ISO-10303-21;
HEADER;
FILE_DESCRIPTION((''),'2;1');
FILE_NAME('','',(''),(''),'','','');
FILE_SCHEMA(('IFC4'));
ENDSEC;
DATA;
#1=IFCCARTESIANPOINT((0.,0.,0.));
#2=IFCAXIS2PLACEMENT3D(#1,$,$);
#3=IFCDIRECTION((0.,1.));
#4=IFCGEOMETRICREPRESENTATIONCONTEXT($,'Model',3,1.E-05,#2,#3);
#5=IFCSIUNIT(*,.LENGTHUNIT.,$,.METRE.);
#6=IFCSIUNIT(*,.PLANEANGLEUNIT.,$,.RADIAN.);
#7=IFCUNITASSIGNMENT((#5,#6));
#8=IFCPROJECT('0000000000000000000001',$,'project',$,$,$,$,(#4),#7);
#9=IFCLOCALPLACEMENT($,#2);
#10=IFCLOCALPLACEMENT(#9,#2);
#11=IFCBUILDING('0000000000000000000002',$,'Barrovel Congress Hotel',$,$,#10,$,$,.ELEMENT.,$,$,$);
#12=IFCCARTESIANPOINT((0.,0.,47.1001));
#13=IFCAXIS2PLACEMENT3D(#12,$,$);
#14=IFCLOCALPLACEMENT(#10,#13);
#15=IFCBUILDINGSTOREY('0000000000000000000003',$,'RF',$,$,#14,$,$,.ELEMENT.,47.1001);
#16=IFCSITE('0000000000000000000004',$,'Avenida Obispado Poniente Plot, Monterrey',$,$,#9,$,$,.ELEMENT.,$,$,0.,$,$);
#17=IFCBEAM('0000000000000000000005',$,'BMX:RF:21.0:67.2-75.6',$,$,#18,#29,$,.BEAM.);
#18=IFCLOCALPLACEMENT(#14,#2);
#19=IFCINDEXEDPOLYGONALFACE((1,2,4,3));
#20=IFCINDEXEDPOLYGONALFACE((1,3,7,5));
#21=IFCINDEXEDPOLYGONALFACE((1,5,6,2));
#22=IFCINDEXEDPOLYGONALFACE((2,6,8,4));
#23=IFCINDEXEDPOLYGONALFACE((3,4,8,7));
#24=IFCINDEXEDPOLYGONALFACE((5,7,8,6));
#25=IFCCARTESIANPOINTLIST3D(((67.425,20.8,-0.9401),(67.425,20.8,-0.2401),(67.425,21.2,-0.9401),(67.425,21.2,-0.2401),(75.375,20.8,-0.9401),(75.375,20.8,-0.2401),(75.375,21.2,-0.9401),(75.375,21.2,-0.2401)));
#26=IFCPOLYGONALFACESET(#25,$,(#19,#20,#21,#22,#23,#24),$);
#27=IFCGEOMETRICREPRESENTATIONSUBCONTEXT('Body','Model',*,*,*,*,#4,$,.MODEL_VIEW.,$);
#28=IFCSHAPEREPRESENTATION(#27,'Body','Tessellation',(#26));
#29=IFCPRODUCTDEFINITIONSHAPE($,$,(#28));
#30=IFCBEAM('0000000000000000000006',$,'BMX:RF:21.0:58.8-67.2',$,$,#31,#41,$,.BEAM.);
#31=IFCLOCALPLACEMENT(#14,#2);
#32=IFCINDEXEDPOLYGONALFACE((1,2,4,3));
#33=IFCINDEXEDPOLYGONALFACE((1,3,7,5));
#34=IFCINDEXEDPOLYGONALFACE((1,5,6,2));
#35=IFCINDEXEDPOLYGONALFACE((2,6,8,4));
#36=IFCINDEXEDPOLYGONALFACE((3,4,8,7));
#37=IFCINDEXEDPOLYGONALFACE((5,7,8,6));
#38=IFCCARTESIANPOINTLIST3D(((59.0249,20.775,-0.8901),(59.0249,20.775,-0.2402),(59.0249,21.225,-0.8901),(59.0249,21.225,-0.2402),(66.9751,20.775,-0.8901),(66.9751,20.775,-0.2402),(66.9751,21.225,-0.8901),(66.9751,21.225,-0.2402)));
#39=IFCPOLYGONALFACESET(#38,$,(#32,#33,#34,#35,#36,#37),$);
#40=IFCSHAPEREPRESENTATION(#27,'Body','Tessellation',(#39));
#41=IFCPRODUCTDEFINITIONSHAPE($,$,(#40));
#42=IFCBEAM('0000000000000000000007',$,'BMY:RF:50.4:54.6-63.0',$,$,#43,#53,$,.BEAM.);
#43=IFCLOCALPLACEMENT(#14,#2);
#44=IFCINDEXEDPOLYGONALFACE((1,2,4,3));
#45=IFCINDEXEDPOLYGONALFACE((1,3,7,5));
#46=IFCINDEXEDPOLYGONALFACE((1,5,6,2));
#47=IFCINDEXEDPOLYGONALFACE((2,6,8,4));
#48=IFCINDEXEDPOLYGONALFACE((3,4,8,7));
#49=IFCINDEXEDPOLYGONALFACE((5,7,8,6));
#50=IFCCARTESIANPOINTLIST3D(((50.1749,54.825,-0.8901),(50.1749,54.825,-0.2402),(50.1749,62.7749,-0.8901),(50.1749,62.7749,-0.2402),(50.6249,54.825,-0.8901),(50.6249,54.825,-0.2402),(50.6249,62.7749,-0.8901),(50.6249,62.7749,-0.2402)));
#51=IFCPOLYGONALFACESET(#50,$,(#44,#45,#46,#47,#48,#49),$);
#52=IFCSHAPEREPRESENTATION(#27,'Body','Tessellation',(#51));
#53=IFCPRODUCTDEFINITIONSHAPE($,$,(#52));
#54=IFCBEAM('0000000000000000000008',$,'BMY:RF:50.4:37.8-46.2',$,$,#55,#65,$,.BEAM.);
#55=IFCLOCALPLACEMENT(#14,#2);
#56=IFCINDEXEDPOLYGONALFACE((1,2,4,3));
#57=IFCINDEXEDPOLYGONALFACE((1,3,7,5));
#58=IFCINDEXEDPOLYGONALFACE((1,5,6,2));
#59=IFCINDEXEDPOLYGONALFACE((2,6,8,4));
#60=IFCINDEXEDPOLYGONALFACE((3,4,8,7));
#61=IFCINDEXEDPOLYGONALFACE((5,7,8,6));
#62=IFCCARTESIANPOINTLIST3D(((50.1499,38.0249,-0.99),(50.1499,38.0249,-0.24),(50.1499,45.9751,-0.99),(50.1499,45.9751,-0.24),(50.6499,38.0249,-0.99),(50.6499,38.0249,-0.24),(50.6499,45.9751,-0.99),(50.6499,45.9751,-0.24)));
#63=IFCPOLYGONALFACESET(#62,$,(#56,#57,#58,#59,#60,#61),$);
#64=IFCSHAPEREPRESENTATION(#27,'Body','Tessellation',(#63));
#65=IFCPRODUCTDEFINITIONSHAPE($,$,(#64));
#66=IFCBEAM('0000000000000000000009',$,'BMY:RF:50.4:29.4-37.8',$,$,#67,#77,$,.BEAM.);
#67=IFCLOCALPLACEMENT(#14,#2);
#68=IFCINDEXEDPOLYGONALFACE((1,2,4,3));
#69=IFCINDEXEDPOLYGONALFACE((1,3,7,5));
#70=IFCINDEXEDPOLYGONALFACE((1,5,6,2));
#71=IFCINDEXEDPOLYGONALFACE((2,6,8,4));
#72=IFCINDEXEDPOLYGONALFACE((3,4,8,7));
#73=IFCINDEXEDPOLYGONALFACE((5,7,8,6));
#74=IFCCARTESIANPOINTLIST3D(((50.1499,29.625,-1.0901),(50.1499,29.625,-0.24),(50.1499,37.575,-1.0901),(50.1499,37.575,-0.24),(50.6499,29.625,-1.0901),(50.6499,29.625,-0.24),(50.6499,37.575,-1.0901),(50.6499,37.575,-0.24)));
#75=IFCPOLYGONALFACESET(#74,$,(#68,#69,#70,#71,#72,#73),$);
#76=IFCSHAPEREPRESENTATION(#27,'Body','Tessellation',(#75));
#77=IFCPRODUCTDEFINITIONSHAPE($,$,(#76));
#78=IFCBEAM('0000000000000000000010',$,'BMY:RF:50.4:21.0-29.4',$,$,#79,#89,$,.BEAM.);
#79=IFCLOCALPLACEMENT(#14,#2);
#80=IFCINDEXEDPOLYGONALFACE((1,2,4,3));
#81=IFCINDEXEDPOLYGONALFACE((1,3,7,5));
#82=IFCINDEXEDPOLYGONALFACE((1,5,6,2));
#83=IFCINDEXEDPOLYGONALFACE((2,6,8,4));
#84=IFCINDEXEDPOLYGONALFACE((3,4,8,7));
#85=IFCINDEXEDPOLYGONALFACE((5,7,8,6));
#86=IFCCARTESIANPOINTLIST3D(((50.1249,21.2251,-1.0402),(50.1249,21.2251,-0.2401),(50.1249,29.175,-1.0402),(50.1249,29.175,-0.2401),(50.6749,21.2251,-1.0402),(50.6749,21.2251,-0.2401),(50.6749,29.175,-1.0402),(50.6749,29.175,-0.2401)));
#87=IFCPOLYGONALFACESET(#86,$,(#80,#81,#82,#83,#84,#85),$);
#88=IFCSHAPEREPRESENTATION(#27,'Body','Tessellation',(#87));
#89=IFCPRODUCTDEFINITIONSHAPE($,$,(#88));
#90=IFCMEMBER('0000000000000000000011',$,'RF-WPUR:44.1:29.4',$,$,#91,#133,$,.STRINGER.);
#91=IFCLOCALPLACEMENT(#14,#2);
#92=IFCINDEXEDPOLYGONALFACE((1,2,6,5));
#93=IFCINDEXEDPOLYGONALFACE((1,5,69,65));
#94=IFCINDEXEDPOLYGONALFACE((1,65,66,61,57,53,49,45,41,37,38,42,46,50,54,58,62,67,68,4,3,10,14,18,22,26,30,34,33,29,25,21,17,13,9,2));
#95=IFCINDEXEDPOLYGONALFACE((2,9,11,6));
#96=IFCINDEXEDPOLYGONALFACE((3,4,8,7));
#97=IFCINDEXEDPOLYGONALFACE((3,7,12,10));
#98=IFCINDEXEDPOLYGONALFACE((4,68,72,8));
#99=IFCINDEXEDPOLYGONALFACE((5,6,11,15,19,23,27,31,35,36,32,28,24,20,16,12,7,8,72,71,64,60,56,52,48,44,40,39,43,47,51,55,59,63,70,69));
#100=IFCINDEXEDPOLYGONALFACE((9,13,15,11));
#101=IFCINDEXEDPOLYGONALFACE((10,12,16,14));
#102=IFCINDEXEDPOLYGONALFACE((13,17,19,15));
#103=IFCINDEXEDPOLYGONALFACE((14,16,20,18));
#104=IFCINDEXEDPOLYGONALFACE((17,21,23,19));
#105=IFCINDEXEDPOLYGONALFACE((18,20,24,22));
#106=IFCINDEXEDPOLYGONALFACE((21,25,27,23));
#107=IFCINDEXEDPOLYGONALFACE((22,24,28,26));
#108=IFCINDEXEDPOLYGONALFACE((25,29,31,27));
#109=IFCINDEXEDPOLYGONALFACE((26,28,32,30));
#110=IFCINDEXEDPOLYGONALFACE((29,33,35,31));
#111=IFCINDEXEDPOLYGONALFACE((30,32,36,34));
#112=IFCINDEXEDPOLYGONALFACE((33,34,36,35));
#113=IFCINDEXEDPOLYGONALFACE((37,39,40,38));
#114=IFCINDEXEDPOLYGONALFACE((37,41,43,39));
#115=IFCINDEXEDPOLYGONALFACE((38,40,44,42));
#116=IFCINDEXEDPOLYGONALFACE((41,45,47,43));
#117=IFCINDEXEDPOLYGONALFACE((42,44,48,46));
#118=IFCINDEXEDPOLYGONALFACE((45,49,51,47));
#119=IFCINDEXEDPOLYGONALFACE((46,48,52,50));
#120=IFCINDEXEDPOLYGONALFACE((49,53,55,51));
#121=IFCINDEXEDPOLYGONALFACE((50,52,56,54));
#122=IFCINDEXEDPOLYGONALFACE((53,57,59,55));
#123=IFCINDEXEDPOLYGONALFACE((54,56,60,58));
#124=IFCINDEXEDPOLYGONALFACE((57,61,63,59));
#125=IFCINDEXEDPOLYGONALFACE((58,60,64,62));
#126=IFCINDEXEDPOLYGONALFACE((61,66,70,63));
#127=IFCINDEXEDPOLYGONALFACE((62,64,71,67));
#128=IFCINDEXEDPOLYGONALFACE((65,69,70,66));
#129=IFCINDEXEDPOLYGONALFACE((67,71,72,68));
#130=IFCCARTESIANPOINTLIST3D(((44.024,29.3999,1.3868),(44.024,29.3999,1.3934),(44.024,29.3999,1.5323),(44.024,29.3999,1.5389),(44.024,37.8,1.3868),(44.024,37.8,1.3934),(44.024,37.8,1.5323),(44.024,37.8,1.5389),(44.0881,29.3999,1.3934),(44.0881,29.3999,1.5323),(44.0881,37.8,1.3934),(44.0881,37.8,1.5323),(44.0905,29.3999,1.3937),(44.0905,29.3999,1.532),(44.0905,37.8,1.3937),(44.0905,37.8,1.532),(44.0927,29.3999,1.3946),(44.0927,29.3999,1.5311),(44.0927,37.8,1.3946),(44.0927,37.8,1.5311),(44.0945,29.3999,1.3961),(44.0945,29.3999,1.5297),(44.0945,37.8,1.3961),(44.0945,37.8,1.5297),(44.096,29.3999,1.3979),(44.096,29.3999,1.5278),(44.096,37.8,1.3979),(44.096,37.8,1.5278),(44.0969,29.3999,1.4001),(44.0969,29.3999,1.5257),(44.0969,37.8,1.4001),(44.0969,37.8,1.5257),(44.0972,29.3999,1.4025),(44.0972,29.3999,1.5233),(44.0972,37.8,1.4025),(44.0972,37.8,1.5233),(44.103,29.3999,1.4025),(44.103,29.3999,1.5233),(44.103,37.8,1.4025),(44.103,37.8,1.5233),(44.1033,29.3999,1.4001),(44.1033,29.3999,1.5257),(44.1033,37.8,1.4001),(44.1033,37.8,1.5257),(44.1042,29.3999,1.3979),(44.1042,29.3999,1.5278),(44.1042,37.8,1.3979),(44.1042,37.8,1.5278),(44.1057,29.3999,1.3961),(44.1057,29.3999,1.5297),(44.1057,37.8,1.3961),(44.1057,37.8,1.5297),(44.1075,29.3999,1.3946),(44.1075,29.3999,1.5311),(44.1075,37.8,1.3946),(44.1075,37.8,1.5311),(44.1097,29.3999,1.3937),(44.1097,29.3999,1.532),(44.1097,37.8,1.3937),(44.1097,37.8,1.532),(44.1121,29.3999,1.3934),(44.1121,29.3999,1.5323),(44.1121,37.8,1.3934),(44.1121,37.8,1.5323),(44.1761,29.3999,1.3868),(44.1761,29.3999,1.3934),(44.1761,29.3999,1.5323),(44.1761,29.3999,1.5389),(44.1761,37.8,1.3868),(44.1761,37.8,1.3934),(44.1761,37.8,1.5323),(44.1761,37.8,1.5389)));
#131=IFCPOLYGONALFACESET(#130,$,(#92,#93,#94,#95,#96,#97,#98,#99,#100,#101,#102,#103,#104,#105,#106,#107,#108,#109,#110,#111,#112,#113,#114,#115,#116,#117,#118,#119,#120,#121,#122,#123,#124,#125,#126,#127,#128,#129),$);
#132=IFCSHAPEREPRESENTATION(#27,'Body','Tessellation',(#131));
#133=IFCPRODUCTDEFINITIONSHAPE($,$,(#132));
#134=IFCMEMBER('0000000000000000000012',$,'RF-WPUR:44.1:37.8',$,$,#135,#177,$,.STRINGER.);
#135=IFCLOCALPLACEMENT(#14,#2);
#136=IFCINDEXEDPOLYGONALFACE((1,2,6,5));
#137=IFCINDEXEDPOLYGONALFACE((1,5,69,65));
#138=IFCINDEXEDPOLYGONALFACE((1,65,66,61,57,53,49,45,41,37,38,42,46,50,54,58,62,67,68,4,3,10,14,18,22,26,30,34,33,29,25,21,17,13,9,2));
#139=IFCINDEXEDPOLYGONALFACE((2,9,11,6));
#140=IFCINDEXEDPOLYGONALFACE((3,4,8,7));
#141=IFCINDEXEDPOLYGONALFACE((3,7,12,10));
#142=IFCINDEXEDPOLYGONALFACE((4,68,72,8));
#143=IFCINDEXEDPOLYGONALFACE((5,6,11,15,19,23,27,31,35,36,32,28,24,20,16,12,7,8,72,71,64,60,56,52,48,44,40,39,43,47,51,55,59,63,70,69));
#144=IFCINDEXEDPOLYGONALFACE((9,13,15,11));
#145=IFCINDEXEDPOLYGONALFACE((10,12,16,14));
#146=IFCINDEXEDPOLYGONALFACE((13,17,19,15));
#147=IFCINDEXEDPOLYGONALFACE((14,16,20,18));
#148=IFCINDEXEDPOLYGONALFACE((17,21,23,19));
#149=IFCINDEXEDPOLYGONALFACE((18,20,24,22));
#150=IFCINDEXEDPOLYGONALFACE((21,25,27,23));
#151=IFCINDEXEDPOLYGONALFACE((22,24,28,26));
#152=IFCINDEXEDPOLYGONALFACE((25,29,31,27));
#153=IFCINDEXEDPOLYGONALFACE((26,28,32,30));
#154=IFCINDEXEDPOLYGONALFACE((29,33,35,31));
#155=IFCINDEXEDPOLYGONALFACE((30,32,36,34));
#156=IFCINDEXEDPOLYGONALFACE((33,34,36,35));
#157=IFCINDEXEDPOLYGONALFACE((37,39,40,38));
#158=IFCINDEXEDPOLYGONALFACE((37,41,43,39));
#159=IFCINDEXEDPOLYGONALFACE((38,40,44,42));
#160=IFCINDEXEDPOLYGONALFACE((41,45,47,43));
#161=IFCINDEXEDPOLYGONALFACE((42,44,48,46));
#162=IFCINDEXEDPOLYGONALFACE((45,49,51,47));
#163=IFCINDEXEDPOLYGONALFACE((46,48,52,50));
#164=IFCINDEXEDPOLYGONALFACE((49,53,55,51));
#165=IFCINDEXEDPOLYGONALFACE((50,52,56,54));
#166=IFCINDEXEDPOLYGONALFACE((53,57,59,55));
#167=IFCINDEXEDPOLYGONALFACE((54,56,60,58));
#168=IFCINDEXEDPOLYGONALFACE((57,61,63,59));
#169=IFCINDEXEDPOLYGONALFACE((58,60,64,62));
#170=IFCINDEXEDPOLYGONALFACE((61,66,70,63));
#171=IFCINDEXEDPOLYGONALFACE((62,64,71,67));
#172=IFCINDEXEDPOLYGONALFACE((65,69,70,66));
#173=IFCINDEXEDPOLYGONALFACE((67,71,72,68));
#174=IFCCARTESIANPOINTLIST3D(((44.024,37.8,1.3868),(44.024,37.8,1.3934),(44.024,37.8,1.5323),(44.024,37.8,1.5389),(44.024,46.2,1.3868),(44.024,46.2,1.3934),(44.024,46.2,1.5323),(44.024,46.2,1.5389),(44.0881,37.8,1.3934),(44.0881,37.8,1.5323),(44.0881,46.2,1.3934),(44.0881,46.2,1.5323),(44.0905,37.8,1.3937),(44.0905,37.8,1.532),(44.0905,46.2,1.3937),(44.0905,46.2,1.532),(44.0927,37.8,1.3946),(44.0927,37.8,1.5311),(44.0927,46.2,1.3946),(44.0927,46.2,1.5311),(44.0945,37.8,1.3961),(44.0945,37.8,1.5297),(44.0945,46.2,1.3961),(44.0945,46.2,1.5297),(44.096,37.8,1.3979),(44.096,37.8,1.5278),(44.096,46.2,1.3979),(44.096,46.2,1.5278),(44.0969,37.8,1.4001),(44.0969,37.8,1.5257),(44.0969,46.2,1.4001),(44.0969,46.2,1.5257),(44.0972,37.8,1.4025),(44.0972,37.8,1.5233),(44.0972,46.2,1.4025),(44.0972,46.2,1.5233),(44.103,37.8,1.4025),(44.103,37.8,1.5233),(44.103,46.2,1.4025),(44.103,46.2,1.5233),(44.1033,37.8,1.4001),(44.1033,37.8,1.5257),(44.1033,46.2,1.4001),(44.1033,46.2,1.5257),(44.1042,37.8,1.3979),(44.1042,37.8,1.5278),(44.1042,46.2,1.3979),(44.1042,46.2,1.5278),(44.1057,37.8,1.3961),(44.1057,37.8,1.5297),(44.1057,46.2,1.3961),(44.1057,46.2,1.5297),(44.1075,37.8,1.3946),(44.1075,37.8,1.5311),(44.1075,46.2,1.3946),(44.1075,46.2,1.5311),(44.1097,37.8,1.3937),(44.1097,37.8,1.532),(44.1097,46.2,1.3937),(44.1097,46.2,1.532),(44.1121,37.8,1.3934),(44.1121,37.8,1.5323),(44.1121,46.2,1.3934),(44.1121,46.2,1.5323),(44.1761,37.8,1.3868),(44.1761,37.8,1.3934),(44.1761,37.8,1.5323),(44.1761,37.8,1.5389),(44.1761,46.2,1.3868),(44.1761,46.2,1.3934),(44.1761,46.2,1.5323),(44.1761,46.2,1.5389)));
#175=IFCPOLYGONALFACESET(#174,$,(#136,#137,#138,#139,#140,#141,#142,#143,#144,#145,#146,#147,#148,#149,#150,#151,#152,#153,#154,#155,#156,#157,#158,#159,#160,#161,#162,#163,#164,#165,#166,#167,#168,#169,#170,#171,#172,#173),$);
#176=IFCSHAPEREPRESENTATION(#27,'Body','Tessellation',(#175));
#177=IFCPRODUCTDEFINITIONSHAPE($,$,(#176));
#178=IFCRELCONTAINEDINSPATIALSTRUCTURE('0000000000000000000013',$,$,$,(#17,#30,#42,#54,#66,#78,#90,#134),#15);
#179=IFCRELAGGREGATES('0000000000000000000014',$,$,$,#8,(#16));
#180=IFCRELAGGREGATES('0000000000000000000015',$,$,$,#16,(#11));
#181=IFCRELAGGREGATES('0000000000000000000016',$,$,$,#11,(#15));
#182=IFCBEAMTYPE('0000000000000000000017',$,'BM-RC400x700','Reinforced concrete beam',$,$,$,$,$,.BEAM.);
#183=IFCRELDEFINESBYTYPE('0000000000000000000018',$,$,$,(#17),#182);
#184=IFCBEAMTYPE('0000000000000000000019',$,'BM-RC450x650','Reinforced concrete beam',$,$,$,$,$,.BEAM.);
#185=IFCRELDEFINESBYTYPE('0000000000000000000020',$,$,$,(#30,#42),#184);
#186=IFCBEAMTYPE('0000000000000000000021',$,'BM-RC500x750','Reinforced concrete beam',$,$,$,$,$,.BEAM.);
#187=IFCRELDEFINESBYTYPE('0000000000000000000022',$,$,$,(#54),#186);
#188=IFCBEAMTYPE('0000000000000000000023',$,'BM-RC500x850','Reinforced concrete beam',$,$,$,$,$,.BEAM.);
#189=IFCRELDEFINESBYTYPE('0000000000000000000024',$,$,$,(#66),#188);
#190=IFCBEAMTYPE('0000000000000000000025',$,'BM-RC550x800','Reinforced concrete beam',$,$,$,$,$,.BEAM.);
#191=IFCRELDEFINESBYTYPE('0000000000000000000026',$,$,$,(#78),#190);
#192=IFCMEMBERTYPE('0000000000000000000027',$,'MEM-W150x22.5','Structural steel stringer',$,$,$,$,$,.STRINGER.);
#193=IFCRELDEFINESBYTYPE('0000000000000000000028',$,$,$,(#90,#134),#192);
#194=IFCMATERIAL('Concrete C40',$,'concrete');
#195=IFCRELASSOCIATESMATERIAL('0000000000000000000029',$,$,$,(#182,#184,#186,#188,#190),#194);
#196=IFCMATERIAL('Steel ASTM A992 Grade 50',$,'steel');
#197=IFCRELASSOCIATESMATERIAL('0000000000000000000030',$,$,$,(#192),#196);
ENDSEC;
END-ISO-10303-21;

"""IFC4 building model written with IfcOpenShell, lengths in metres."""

from ifc_helpers import new_model, si_unit, direction, frame, origin, origin_2d, place, context, subcontext, project, spatial, rectangle, i_section, extrude, material, material_profile, profile_set, type_object, element, save


model = new_model("IFC4")

# Units and contexts
model_context = context("Model", 3, precision=1e-05, world=origin(), true_north=direction((0.0, 1.0)))
body_context = subcontext(model_context, "Body", "Model", "MODEL_VIEW")
ifc_project = project(units=[si_unit("LENGTHUNIT", "METRE"), si_unit("PLANEANGLEUNIT", "RADIAN")], contexts=[model_context])

# Site, building, storey
site_placement = place(None, origin())
site = spatial("IfcSite", under=ifc_project, at=site_placement, Name="Avenida Obispado Poniente Plot, Monterrey", CompositionType="ELEMENT", RefElevation=0.0)
building_placement = place(site_placement, origin())
building = spatial("IfcBuilding", under=site, at=building_placement, Name="Barrovel Congress Hotel", CompositionType="ELEMENT")
storey_placement = place(building_placement, frame((0.0, 0.0, 47.1001)))
storey = spatial("IfcBuildingStorey", under=building, at=storey_placement, Name="RF", CompositionType="ELEMENT", Elevation=47.1001)

# Beams
ifc_material_1 = material(Name="Concrete C40", Category="concrete")
ifc_material_profile_1 = material_profile(ifc_material_1, rectangle(XDim=0.3999, YDim=0.7, at=origin_2d()), Name="RC400x700")
ifc_profile_set_1 = profile_set([ifc_material_profile_1], Name="Concrete C40")
beam_type_1 = type_object("IfcBeamType", Name="BM-RC400x700", Description="Reinforced concrete beam", PredefinedType="BEAM", material=ifc_profile_set_1)
beam_1_placement = place(storey_placement, frame((67.425, 21.0, -0.5901), z_axis=(1.0, 0.0, 0.0), x_axis=(0.0, 1.0, 0.0)))
element("IfcBeam", 1, at=beam_1_placement, inside=storey, type_object=beam_type_1, Name="BMX:RF:21.0:67.2-75.6", PredefinedType="BEAM", context=body_context, shape_type="SweptSolid", body=[
    extrude(rectangle(XDim=0.3999, YDim=0.7, at=origin_2d()), origin(), (0.0, 0.0, 1.0), 7.95),
])
ifc_material_profile_2 = material_profile(ifc_material_1, rectangle(XDim=0.45, YDim=0.6499, at=origin_2d()), Name="RC450x650")
ifc_profile_set_2 = profile_set([ifc_material_profile_2], Name="Concrete C40")
beam_type_2 = type_object("IfcBeamType", Name="BM-RC450x650", Description="Reinforced concrete beam", PredefinedType="BEAM", material=ifc_profile_set_2)
beam_2_placement = place(storey_placement, frame((59.0249, 21.0, -0.5652), z_axis=(1.0, 0.0, 0.0), x_axis=(0.0, 1.0, 0.0)))
element("IfcBeam", 2, at=beam_2_placement, inside=storey, type_object=beam_type_2, Name="BMX:RF:21.0:58.8-67.2", PredefinedType="BEAM", context=body_context, shape_type="SweptSolid", body=[
    extrude(rectangle(XDim=0.45, YDim=0.6499, at=origin_2d()), origin(), (0.0, 0.0, 1.0), 7.9502),
])
beam_3_placement = place(storey_placement, frame((50.3999, 54.825, -0.5652), z_axis=(0.0, 1.0, 0.0), x_axis=(-1.0, 0.0, 0.0)))
element("IfcBeam", 3, at=beam_3_placement, inside=storey, type_object=beam_type_2, Name="BMY:RF:50.4:54.6-63.0", PredefinedType="BEAM", context=body_context, shape_type="SweptSolid", body=[
    extrude(rectangle(XDim=0.45, YDim=0.6499, at=origin_2d()), origin(), (0.0, 0.0, 1.0), 7.95),
])
ifc_material_profile_3 = material_profile(ifc_material_1, rectangle(XDim=0.5, YDim=0.75, at=origin_2d()), Name="RC500x750")
ifc_profile_set_3 = profile_set([ifc_material_profile_3], Name="Concrete C40")
beam_type_3 = type_object("IfcBeamType", Name="BM-RC500x750", Description="Reinforced concrete beam", PredefinedType="BEAM", material=ifc_profile_set_3)
beam_4_placement = place(storey_placement, frame((50.3999, 38.0249, -0.615), z_axis=(0.0, 1.0, 0.0), x_axis=(-1.0, 0.0, 0.0)))
element("IfcBeam", 4, at=beam_4_placement, inside=storey, type_object=beam_type_3, Name="BMY:RF:50.4:37.8-46.2", PredefinedType="BEAM", context=body_context, shape_type="SweptSolid", body=[
    extrude(rectangle(XDim=0.5, YDim=0.75, at=origin_2d()), origin(), (0.0, 0.0, 1.0), 7.9502),
])
ifc_material_profile_4 = material_profile(ifc_material_1, rectangle(XDim=0.5, YDim=0.8501, at=origin_2d()), Name="RC500x850")
ifc_profile_set_4 = profile_set([ifc_material_profile_4], Name="Concrete C40")
beam_type_4 = type_object("IfcBeamType", Name="BM-RC500x850", Description="Reinforced concrete beam", PredefinedType="BEAM", material=ifc_profile_set_4)
beam_5_placement = place(storey_placement, frame((50.3999, 29.625, -0.665), z_axis=(0.0, 1.0, 0.0), x_axis=(-1.0, 0.0, 0.0)))
element("IfcBeam", 5, at=beam_5_placement, inside=storey, type_object=beam_type_4, Name="BMY:RF:50.4:29.4-37.8", PredefinedType="BEAM", context=body_context, shape_type="SweptSolid", body=[
    extrude(rectangle(XDim=0.5, YDim=0.8501, at=origin_2d()), origin(), (0.0, 0.0, 1.0), 7.95),
])
ifc_material_profile_5 = material_profile(ifc_material_1, rectangle(XDim=0.55, YDim=0.8, at=origin_2d()), Name="RC550x800")
ifc_profile_set_5 = profile_set([ifc_material_profile_5], Name="Concrete C40")
beam_type_5 = type_object("IfcBeamType", Name="BM-RC550x800", Description="Reinforced concrete beam", PredefinedType="BEAM", material=ifc_profile_set_5)
beam_6_placement = place(storey_placement, frame((50.3999, 21.2251, -0.6401), z_axis=(0.0, 1.0, 0.0), x_axis=(-1.0, 0.0, 0.0)))
element("IfcBeam", 6, at=beam_6_placement, inside=storey, type_object=beam_type_5, Name="BMY:RF:50.4:21.0-29.4", PredefinedType="BEAM", context=body_context, shape_type="SweptSolid", body=[
    extrude(rectangle(XDim=0.55, YDim=0.8, at=origin_2d()), origin(), (0.0, 0.0, 1.0), 7.95),
])

# Members
ifc_material_2 = material(Name="Steel ASTM A992 Grade 50", Category="steel")
ifc_material_profile_6 = material_profile(ifc_material_2, i_section(OverallWidth=0.1521, OverallDepth=0.1521, WebThickness=0.0059, FlangeThickness=0.0066, FilletRadius=0.009, at=origin_2d()), Name="W150x22.5")
ifc_profile_set_6 = profile_set([ifc_material_profile_6], Name="Steel ASTM A992 Grade 50")
member_type = type_object("IfcMemberType", Name="MEM-W150x22.5", Description="Structural steel stringer", PredefinedType="STRINGER", material=ifc_profile_set_6)
member_1_placement = place(storey_placement, frame((44.1001, 29.3999, 1.4629), z_axis=(0.0, 1.0, 0.0), x_axis=(-1.0, 0.0, 0.0)))
element("IfcMember", 7, at=member_1_placement, inside=storey, type_object=member_type, Name="RF-WPUR:44.1:29.4", PredefinedType="STRINGER", context=body_context, shape_type="SweptSolid", body=[
    extrude(i_section(OverallWidth=0.1521, OverallDepth=0.1521, WebThickness=0.0059, FlangeThickness=0.0066, FilletRadius=0.009, at=origin_2d()), origin(), (0.0, 0.0, 1.0), 8.4001),
])
member_2_placement = place(storey_placement, frame((44.1001, 37.8, 1.4629), z_axis=(0.0, 1.0, 0.0), x_axis=(-1.0, 0.0, 0.0)))
element("IfcMember", 8, at=member_2_placement, inside=storey, type_object=member_type, Name="RF-WPUR:44.1:37.8", PredefinedType="STRINGER", context=body_context, shape_type="SweptSolid", body=[
    extrude(i_section(OverallWidth=0.1521, OverallDepth=0.1521, WebThickness=0.0059, FlangeThickness=0.0066, FilletRadius=0.009, at=origin_2d()), origin(), (0.0, 0.0, 1.0), 8.3999),
])

save(model, "model.ifc")
